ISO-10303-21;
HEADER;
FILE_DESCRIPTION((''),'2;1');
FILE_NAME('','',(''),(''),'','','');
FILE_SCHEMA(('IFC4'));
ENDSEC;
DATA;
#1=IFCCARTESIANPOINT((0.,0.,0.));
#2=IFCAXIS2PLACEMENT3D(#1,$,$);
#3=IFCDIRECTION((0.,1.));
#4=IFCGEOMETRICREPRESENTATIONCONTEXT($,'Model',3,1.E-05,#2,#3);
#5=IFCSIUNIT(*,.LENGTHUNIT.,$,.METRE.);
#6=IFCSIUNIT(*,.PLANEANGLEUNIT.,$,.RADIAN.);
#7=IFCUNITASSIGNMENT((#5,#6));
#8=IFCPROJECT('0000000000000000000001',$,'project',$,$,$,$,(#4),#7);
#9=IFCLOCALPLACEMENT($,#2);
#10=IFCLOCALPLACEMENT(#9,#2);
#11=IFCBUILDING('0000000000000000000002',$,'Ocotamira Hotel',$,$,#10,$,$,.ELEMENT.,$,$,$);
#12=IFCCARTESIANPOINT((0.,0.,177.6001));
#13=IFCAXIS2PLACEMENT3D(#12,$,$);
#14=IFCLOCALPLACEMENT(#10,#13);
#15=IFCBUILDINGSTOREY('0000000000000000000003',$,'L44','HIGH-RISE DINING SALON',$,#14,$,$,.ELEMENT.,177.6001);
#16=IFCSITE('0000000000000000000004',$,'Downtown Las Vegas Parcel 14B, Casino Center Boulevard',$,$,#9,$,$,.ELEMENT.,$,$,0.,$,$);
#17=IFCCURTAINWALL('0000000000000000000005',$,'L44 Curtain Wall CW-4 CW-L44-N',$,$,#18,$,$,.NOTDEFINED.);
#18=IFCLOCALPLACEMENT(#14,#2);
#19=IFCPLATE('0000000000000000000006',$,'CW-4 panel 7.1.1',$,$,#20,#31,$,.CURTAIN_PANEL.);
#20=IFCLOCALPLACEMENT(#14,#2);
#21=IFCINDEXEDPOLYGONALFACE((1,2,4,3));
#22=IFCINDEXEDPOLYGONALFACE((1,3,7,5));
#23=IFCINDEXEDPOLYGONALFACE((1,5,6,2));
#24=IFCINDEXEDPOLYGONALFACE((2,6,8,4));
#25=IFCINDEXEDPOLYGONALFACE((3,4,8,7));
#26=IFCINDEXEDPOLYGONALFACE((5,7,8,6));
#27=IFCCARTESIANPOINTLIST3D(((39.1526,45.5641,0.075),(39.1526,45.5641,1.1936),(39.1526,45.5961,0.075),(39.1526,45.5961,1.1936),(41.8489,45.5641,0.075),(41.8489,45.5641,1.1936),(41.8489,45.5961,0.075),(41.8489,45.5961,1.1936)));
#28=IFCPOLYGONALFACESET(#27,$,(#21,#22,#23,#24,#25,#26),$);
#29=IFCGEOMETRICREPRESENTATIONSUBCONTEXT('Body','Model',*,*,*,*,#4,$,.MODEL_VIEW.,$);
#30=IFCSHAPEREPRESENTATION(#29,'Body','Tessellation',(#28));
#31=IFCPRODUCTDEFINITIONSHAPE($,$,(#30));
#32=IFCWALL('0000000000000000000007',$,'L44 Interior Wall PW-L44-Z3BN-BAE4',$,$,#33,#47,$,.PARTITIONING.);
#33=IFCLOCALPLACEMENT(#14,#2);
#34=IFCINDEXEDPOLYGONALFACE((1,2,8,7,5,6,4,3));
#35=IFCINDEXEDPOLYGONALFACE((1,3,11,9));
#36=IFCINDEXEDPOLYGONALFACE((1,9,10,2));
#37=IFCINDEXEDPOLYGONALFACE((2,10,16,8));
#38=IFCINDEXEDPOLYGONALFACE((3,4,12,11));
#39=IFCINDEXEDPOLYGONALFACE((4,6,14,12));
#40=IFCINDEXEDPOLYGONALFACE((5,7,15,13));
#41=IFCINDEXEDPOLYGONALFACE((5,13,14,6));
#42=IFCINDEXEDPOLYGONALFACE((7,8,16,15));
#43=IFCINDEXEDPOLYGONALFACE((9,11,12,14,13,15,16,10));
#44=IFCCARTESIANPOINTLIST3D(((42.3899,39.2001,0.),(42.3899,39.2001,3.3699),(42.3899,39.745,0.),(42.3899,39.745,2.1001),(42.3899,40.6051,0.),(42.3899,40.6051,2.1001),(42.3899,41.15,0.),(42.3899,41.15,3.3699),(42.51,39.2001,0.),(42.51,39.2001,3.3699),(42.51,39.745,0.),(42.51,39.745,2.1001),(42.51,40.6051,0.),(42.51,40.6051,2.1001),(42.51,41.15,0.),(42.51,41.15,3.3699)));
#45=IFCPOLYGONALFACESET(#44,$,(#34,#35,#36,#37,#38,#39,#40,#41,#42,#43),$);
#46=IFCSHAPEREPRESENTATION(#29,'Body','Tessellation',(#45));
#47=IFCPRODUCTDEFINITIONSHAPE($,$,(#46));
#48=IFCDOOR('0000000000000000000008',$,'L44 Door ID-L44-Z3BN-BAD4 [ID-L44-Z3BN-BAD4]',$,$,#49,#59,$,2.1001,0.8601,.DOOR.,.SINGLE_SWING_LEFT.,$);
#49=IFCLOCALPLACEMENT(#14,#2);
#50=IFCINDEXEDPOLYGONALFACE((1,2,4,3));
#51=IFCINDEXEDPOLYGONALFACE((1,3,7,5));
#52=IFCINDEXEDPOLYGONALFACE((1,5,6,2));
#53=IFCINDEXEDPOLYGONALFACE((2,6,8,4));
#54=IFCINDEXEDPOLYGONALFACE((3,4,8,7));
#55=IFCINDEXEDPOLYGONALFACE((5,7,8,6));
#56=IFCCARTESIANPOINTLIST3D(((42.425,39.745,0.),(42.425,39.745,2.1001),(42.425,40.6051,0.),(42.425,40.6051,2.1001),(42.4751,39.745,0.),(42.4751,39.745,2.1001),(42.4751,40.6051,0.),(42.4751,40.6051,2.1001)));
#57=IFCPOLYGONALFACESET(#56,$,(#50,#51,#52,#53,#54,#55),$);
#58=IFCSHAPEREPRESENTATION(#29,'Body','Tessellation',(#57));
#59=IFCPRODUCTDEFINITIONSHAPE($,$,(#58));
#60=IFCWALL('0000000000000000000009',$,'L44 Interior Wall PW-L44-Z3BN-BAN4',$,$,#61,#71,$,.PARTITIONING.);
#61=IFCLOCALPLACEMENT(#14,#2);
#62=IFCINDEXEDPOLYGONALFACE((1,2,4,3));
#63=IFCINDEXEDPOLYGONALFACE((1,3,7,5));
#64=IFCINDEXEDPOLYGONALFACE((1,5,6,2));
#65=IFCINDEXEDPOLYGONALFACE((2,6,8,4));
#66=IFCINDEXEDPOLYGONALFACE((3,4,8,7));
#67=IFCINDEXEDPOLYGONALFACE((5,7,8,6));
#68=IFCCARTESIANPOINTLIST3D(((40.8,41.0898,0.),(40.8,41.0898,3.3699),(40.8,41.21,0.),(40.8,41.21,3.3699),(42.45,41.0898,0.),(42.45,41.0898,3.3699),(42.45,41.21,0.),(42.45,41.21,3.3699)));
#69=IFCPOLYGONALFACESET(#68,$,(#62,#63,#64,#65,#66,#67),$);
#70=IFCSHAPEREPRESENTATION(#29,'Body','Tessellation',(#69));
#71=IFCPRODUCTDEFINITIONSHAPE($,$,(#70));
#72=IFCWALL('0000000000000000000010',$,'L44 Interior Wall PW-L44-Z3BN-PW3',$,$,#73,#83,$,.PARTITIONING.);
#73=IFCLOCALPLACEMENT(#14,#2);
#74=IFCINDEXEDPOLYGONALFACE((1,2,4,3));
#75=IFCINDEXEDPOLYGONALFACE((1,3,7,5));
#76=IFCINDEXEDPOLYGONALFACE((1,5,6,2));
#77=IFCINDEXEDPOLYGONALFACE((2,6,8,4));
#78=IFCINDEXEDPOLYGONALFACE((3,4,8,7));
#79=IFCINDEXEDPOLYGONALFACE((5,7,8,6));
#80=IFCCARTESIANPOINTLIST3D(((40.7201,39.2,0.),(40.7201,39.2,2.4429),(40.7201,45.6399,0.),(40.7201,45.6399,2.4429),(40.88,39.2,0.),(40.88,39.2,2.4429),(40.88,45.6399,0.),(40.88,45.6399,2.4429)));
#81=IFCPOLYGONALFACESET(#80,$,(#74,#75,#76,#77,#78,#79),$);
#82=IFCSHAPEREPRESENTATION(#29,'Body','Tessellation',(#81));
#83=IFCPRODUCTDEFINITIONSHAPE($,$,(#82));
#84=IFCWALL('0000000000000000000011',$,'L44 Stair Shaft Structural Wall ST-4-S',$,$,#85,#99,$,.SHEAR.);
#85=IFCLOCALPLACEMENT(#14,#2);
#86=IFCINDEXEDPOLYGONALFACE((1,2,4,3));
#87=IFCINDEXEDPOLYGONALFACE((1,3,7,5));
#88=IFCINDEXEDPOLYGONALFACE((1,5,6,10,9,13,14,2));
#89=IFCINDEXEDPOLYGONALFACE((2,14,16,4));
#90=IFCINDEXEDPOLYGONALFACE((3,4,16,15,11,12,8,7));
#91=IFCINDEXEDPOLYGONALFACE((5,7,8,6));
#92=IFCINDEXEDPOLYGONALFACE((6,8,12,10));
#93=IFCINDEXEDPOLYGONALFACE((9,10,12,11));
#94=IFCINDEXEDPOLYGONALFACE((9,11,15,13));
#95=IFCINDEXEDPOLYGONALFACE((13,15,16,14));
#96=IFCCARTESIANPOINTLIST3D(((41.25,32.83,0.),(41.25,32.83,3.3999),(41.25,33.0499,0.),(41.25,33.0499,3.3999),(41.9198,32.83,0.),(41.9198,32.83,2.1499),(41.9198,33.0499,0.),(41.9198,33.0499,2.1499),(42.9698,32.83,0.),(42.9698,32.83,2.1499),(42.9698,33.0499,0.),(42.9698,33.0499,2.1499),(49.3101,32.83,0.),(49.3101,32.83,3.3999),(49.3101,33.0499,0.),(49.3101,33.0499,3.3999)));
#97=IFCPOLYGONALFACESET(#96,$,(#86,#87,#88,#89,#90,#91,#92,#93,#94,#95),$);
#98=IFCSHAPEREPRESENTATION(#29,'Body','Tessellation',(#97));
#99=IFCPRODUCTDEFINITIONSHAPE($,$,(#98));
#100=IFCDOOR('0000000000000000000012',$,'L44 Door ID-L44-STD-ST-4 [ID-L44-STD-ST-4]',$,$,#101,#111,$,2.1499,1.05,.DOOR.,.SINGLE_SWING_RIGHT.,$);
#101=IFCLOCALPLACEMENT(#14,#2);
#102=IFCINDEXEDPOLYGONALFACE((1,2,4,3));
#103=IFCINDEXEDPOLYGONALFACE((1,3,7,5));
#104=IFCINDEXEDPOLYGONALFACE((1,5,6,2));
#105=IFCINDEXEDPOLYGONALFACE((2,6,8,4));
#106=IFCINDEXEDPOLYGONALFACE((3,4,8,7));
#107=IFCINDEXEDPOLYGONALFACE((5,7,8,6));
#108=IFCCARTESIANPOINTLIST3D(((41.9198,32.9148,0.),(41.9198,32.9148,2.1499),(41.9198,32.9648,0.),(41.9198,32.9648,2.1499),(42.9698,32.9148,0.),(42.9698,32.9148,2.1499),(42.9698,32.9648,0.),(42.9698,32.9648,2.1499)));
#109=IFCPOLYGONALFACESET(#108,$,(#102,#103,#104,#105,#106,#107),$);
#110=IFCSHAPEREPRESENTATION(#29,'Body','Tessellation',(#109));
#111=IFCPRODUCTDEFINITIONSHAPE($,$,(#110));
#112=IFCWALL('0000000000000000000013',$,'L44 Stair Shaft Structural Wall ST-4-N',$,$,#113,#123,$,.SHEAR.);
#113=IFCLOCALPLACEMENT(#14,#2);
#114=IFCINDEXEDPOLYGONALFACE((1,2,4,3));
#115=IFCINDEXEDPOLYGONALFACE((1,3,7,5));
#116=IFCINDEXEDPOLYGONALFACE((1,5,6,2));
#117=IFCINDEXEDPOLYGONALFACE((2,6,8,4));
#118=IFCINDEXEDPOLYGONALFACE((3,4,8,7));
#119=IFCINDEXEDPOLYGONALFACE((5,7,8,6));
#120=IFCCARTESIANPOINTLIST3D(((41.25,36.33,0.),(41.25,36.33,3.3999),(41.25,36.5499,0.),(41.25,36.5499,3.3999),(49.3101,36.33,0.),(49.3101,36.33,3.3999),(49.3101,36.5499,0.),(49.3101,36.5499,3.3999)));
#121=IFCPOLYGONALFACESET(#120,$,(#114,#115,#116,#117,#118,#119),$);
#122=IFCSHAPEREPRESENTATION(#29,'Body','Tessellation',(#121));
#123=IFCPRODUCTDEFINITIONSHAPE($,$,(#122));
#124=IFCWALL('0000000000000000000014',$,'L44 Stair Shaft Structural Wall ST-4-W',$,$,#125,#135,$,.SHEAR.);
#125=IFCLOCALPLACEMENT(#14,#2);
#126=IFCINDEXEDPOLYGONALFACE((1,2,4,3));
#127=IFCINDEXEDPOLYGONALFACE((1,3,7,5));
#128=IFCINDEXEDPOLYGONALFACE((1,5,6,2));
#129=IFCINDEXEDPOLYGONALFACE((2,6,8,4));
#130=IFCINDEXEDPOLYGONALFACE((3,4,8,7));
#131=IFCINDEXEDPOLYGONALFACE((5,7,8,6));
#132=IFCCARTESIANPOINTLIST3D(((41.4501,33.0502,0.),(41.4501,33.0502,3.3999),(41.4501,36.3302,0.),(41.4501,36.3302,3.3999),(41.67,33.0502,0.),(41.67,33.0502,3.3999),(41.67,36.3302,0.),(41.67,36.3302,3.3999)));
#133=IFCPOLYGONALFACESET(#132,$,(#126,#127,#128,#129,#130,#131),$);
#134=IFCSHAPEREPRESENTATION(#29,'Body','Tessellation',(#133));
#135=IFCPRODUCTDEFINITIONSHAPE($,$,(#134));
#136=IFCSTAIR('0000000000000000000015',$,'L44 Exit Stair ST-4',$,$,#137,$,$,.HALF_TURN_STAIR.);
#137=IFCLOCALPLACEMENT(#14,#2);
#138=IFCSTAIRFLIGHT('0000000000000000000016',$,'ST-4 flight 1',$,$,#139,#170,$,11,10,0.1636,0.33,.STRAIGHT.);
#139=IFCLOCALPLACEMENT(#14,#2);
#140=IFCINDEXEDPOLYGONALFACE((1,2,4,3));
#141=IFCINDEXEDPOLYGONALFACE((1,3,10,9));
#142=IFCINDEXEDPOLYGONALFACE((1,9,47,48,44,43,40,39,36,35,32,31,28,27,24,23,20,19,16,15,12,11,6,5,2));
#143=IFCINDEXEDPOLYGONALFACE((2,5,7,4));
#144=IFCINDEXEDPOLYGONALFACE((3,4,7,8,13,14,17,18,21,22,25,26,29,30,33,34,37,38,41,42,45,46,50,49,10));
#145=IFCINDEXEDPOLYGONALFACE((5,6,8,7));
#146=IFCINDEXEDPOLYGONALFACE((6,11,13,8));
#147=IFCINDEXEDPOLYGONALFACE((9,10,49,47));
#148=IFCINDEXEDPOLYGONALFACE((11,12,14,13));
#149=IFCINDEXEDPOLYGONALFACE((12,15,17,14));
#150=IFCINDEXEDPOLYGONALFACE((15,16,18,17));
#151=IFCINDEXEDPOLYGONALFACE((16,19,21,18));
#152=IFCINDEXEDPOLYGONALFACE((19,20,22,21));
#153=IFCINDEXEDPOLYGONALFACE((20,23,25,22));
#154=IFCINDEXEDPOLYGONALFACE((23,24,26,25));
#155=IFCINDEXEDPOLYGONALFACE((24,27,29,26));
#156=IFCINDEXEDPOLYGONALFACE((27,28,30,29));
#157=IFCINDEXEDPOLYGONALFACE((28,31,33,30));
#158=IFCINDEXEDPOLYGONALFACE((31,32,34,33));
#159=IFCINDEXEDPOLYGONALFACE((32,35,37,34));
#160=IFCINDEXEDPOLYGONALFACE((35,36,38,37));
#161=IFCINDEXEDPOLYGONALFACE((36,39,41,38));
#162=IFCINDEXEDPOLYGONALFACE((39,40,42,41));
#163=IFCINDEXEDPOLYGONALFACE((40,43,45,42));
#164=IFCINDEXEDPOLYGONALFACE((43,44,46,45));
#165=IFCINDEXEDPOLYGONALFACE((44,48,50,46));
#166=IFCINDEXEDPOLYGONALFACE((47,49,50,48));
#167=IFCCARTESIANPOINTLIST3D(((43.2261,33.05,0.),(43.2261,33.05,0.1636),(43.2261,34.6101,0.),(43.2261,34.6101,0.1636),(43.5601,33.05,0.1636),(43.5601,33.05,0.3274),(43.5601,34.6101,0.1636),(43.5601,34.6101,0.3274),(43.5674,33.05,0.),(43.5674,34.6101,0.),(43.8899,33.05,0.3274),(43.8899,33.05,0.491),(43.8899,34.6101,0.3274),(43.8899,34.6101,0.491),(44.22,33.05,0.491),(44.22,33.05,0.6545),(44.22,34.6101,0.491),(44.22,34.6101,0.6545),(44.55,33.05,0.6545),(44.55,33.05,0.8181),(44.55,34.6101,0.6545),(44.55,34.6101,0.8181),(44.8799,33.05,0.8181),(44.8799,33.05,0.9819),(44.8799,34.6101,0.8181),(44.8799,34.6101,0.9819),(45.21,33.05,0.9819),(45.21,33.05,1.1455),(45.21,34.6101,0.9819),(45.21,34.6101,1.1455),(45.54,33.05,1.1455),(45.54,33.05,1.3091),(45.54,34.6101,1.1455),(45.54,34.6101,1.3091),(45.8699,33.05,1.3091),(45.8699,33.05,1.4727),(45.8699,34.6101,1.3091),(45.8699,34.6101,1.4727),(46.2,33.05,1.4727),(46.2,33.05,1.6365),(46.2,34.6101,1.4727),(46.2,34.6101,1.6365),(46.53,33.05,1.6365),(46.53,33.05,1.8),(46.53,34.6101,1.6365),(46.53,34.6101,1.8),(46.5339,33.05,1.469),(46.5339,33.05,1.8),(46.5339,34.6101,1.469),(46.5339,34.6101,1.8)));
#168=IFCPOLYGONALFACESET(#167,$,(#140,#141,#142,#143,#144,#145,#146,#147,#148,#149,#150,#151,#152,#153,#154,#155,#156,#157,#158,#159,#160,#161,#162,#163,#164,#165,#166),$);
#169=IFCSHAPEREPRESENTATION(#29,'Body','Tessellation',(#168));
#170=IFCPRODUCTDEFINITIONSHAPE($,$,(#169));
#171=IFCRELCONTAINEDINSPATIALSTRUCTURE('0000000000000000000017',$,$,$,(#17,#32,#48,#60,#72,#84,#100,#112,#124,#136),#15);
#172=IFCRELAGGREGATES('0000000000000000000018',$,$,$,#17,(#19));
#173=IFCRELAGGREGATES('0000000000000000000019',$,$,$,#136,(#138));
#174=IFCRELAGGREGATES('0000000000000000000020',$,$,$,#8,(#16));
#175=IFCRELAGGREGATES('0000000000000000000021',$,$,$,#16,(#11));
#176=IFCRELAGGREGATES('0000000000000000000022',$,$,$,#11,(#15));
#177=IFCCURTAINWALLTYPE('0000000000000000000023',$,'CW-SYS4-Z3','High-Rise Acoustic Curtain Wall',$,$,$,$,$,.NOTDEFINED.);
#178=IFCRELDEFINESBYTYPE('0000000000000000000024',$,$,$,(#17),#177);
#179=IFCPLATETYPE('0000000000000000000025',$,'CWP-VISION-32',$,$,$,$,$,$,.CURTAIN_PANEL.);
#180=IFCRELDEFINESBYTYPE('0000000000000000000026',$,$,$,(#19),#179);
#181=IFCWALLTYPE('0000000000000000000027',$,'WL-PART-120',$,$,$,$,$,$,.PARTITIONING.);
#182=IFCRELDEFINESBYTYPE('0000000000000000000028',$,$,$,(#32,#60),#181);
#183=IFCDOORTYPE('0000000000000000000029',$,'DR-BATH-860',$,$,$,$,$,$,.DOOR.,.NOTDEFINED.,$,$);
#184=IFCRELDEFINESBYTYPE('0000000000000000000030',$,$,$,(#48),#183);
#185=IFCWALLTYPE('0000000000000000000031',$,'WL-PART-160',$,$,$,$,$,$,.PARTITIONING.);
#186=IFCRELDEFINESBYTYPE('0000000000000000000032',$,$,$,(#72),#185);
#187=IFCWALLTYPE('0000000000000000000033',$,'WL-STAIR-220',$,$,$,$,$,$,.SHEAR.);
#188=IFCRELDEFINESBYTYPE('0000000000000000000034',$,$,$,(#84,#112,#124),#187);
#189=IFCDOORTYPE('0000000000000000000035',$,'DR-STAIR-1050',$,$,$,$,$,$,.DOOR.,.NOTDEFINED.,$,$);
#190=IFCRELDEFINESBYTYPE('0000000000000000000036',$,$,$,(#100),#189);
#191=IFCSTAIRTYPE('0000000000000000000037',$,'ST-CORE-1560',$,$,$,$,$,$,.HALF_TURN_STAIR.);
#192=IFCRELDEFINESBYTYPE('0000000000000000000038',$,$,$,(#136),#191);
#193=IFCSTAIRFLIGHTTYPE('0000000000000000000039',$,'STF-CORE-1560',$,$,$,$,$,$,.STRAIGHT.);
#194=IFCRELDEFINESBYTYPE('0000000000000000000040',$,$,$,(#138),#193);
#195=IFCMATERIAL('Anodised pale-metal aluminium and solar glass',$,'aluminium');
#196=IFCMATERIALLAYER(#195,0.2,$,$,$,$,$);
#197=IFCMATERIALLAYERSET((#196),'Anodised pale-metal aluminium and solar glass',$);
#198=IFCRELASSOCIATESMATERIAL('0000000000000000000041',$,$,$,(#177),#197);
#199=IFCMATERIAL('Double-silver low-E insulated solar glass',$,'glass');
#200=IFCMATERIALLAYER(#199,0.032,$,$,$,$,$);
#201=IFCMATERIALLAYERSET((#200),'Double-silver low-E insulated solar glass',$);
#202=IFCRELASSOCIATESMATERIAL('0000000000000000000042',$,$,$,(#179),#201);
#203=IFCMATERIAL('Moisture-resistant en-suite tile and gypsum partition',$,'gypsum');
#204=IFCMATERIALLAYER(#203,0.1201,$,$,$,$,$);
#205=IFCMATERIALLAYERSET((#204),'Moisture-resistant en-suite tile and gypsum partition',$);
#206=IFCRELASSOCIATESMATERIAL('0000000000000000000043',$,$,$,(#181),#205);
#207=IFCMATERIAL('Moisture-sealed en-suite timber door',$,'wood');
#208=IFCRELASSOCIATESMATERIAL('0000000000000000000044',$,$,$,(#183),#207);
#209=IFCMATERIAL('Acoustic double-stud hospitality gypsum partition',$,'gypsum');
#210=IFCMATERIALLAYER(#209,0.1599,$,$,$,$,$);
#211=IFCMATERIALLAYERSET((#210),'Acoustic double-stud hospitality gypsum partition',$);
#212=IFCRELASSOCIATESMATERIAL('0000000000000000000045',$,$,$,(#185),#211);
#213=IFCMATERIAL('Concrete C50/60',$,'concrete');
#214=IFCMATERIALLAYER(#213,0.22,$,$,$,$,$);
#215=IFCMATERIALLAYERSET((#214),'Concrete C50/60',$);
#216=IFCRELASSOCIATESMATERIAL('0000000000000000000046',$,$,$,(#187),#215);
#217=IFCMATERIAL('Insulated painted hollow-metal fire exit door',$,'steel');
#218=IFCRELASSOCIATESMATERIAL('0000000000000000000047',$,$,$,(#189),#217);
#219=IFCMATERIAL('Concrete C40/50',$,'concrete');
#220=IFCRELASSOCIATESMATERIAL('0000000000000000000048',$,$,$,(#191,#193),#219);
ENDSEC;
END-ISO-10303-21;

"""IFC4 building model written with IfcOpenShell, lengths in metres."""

from ifc_helpers import new_model, si_unit, direction, frame, frame_2d, origin, origin_2d, place, context, subcontext, project, spatial, polyline, rectangle, outline, extrude, source, transform, mapped, material, layer, layer_set, type_object, element, fill, aggregate, save


model = new_model("IFC4")

# Units and contexts
model_context = context("Model", 3, precision=1e-05, world=origin(), true_north=direction((0.0, 1.0)))
body_context = subcontext(model_context, "Body", "Model", "MODEL_VIEW")
ifc_project = project(units=[si_unit("LENGTHUNIT", "METRE"), si_unit("PLANEANGLEUNIT", "RADIAN")], contexts=[model_context])

# Site, building, storey
site_placement = place(None, origin())
site = spatial("IfcSite", under=ifc_project, at=site_placement, Name="Downtown Las Vegas Parcel 14B, Casino Center Boulevard", CompositionType="ELEMENT", RefElevation=0.0)
building_placement = place(site_placement, origin())
building = spatial("IfcBuilding", under=site, at=building_placement, Name="Ocotamira Hotel", CompositionType="ELEMENT")
storey_placement = place(building_placement, frame((0.0, 0.0, 177.6001)))
storey = spatial("IfcBuildingStorey", under=building, at=storey_placement, Name="L44", Description="HIGH-RISE DINING SALON", CompositionType="ELEMENT", Elevation=177.6001)

# Shared definitions
ifc_material_1 = material(Name="Concrete C50/60", Category="concrete")

# Curtain wall
ifc_material_2 = material(Name="Anodised pale-metal aluminium and solar glass", Category="aluminium")
ifc_layer_1 = layer(ifc_material_2, 0.2)
ifc_layer_set_1 = layer_set([ifc_layer_1], Name="Anodised pale-metal aluminium and solar glass")
curtain_wall_type = type_object("IfcCurtainWallType", Name="CW-SYS4-Z3", Description="High-Rise Acoustic Curtain Wall", PredefinedType="NOTDEFINED", material=ifc_layer_set_1)
curtain_wall_placement = place(storey_placement, origin())
curtain_wall = element("IfcCurtainWall", 1, at=curtain_wall_placement, inside=storey, type_object=curtain_wall_type, Name="L44 Curtain Wall CW-4 CW-L44-N", PredefinedType="NOTDEFINED")

# Plate
ifc_material_3 = material(Name="Double-silver low-E insulated solar glass", Category="glass")
ifc_layer_2 = layer(ifc_material_3, 0.032)
ifc_layer_set_2 = layer_set([ifc_layer_2], Name="Double-silver low-E insulated solar glass")
plate_type_1 = type_object("IfcPlateType", Name="CWP-VISION-32", PredefinedType="CURTAIN_PANEL", material=ifc_layer_set_2)
shared_shape_1 = source(origin(), body_context, "Body", "SweptSolid", [
    extrude(rectangle(XDim=2.6963, YDim=0.032, at=origin_2d()), origin(), (0.0, 0.0, 1.0), 1.1187),
])
plate_1_placement = place(storey_placement, frame((40.5007, 45.5801, 0.075), z_axis=(0.0, 0.0, 1.0), x_axis=(1.0, 0.0, 0.0)))
plate_1 = element("IfcPlate", 2, at=plate_1_placement, type_object=plate_type_1, Name="CW-4 panel 7.1.1", PredefinedType="CURTAIN_PANEL", context=body_context, shape_type="MappedRepresentation", body=[
    mapped(shared_shape_1, transform((0.0, 0.0, 0.0), scale=1.0)),
])
aggregate(curtain_wall, [plate_1])

# Wall, opening, door
ifc_material_4 = material(Name="Moisture-resistant en-suite tile and gypsum partition", Category="gypsum")
ifc_layer_3 = layer(ifc_material_4, 0.1201)
ifc_layer_set_3 = layer_set([ifc_layer_3], Name="Moisture-resistant en-suite tile and gypsum partition")
wall_type_1 = type_object("IfcWallType", Name="WL-PART-120", PredefinedType="PARTITIONING", material=ifc_layer_set_3)
wall_1_placement = place(storey_placement, frame((42.45, 39.2, 0.0), z_axis=(0.0, 0.0, 1.0), x_axis=(0.0, 1.0, 0.0)))
wall_1 = element("IfcWall", 3, at=wall_1_placement, inside=storey, type_object=wall_type_1, Name="L44 Interior Wall PW-L44-Z3BN-BAE4", PredefinedType="PARTITIONING", context=body_context, shape_type="SweptSolid", body=[
    extrude(rectangle(XDim=1.95, YDim=0.1201, at=frame_2d((0.9751, 0.0))), origin(), (0.0, 0.0, 1.0), 3.3699),
])
opening_1_placement = place(wall_1_placement, frame((0.5449, 0.0, 0.0)))
opening_1 = element("IfcOpeningElement", 4, at=opening_1_placement, cuts=wall_1, PredefinedType="OPENING", context=body_context, shape_type="SweptSolid", body=[
    extrude(rectangle(XDim=0.8601, YDim=2.1001, at=frame_2d((0.4302, 1.05))), frame((0.0, 0.0701, 0.0), z_axis=(0.0, -1.0, 0.0), x_axis=(1.0, 0.0, 0.0)), (0.0, 0.0, 1.0), 0.1401),
])
ifc_material_5 = material(Name="Moisture-sealed en-suite timber door", Category="wood")
door_type_1 = type_object("IfcDoorType", Name="DR-BATH-860", OperationType="NOTDEFINED", PredefinedType="DOOR", material=ifc_material_5)
shared_shape_2 = source(origin(), body_context, "Body", "SweptSolid", [
    extrude(rectangle(XDim=0.8601, YDim=2.1001, at=frame_2d((0.4302, 1.05))), frame((0.0, 0.0249, 0.0), z_axis=(0.0, -1.0, 0.0), x_axis=(1.0, 0.0, 0.0)), (0.0, 0.0, 1.0), 0.05),
])
door_1_placement = place(opening_1_placement, origin())
door_1 = element("IfcDoor", 5, at=door_1_placement, inside=storey, type_object=door_type_1, Name="L44 Door ID-L44-Z3BN-BAD4 [ID-L44-Z3BN-BAD4]", OperationType="SINGLE_SWING_LEFT", OverallHeight=2.1001, OverallWidth=0.8601, PredefinedType="DOOR", context=body_context, shape_type="MappedRepresentation", body=[
    mapped(shared_shape_2, transform((0.0, 0.0, 0.0), scale=1.0)),
])
fill(opening_1, door_1)

# Walls
wall_2_placement = place(storey_placement, frame((40.8, 41.1499, 0.0), z_axis=(0.0, 0.0, 1.0), x_axis=(1.0, 0.0, 0.0)))
element("IfcWall", 6, at=wall_2_placement, inside=storey, type_object=wall_type_1, Name="L44 Interior Wall PW-L44-Z3BN-BAN4", PredefinedType="PARTITIONING", context=body_context, shape_type="SweptSolid", body=[
    extrude(rectangle(XDim=1.6499, YDim=0.1201, at=frame_2d((0.825, 0.0))), origin(), (0.0, 0.0, 1.0), 3.3699),
])
ifc_material_6 = material(Name="Acoustic double-stud hospitality gypsum partition", Category="gypsum")
ifc_layer_4 = layer(ifc_material_6, 0.1599)
ifc_layer_set_4 = layer_set([ifc_layer_4], Name="Acoustic double-stud hospitality gypsum partition")
wall_type_2 = type_object("IfcWallType", Name="WL-PART-160", PredefinedType="PARTITIONING", material=ifc_layer_set_4)
wall_3_placement = place(storey_placement, frame((40.8, 39.2, 0.0), z_axis=(0.0, 0.0, 1.0), x_axis=(0.0, 1.0, 0.0)))
element("IfcWall", 7, at=wall_3_placement, inside=storey, type_object=wall_type_2, Name="L44 Interior Wall PW-L44-Z3BN-PW3", PredefinedType="PARTITIONING", context=body_context, shape_type="SweptSolid", body=[
    extrude(rectangle(XDim=6.4399, YDim=0.1599, at=frame_2d((3.22, 0.0))), origin(), (0.0, 0.0, 1.0), 2.4429),
])

# Wall, opening, door
ifc_layer_5 = layer(ifc_material_1, 0.22)
ifc_layer_set_5 = layer_set([ifc_layer_5], Name="Concrete C50/60")
wall_type_3 = type_object("IfcWallType", Name="WL-STAIR-220", PredefinedType="SHEAR", material=ifc_layer_set_5)
wall_4_placement = place(storey_placement, frame((41.25, 32.9399, 0.0), z_axis=(0.0, 0.0, 1.0), x_axis=(1.0, 0.0, 0.0)))
wall_4 = element("IfcWall", 8, at=wall_4_placement, inside=storey, type_object=wall_type_3, Name="L44 Stair Shaft Structural Wall ST-4-S", PredefinedType="SHEAR", context=body_context, shape_type="SweptSolid", body=[
    extrude(rectangle(XDim=8.0601, YDim=0.22, at=frame_2d((4.03, 0.0))), origin(), (0.0, 0.0, 1.0), 3.3999),
])
opening_2_placement = place(wall_4_placement, frame((0.6699, 0.0, 0.0)))
opening_2 = element("IfcOpeningElement", 9, at=opening_2_placement, cuts=wall_4, PredefinedType="OPENING", context=body_context, shape_type="SweptSolid", body=[
    extrude(rectangle(XDim=1.05, YDim=2.1499, at=frame_2d((0.5249, 1.075))), frame((0.0, 0.1201, 0.0), z_axis=(0.0, -1.0, 0.0), x_axis=(1.0, 0.0, 0.0)), (0.0, 0.0, 1.0), 0.24),
])
ifc_material_7 = material(Name="Insulated painted hollow-metal fire exit door", Category="steel")
door_type_2 = type_object("IfcDoorType", Name="DR-STAIR-1050", OperationType="NOTDEFINED", PredefinedType="DOOR", material=ifc_material_7)
shared_shape_3 = source(origin(), body_context, "Body", "SweptSolid", [
    extrude(rectangle(XDim=1.05, YDim=2.1499, at=frame_2d((0.5249, 1.075))), frame((0.0, 0.0249, 0.0), z_axis=(0.0, -1.0, 0.0), x_axis=(1.0, 0.0, 0.0)), (0.0, 0.0, 1.0), 0.05),
])
door_2_placement = place(opening_2_placement, origin())
door_2 = element("IfcDoor", 10, at=door_2_placement, inside=storey, type_object=door_type_2, Name="L44 Door ID-L44-STD-ST-4 [ID-L44-STD-ST-4]", OperationType="SINGLE_SWING_RIGHT", OverallHeight=2.1499, OverallWidth=1.05, PredefinedType="DOOR", context=body_context, shape_type="MappedRepresentation", body=[
    mapped(shared_shape_3, transform((0.0, 0.0, 0.0), scale=1.0)),
])
fill(opening_2, door_2)

# Walls
wall_5_placement = place(storey_placement, frame((41.25, 36.4399, 0.0), z_axis=(0.0, 0.0, 1.0), x_axis=(1.0, 0.0, 0.0)))
element("IfcWall", 11, at=wall_5_placement, inside=storey, type_object=wall_type_3, Name="L44 Stair Shaft Structural Wall ST-4-N", PredefinedType="SHEAR", context=body_context, shape_type="SweptSolid", body=[
    extrude(rectangle(XDim=8.0601, YDim=0.22, at=frame_2d((4.03, 0.0))), origin(), (0.0, 0.0, 1.0), 3.3999),
])
wall_6_placement = place(storey_placement, frame((41.5601, 33.05, 0.0), z_axis=(0.0, 0.0, 1.0), x_axis=(0.0, 1.0, 0.0)))
element("IfcWall", 12, at=wall_6_placement, inside=storey, type_object=wall_type_3, Name="L44 Stair Shaft Structural Wall ST-4-W", PredefinedType="SHEAR", context=body_context, shape_type="SweptSolid", body=[
    extrude(rectangle(XDim=3.28, YDim=0.22, at=frame_2d((1.6401, 0.0))), origin(), (0.0, 0.0, 1.0), 3.3999),
])

# Stair, stair flight
ifc_material_8 = material(Name="Concrete C40/50", Category="concrete")
stair_type = type_object("IfcStairType", Name="ST-CORE-1560", PredefinedType="HALF_TURN_STAIR", material=ifc_material_8)
stair_placement = place(storey_placement, origin())
stair = element("IfcStair", 13, at=stair_placement, inside=storey, type_object=stair_type, Name="L44 Exit Stair ST-4", PredefinedType="HALF_TURN_STAIR")
stair_flight_type = type_object("IfcStairFlightType", Name="STF-CORE-1560", PredefinedType="STRAIGHT", material=ifc_material_8)
shared_shape_4 = source(origin(), body_context, "Body", "SweptSolid", [
    extrude(outline(polyline([(-0.0039, 0.0), (-0.0039, 0.1636), (0.3301, 0.1636), (0.3301, 0.3274), (0.6599, 0.3274), (0.6599, 0.491), (0.99, 0.491), (0.99, 0.6545), (1.3201, 0.6545), (1.3201, 0.8181), (1.6499, 0.8181), (1.6499, 0.9819), (1.98, 0.9819), (1.98, 1.1455), (2.3101, 1.1455), (2.3101, 1.3091), (2.6399, 1.3091), (2.6399, 1.4727), (2.97, 1.4727), (2.97, 1.6365), (3.3, 1.6365), (3.3, 1.8), (3.304, 1.8), (3.304, 1.469), (0.3374, 0.0), (-0.0039, 0.0)])), frame((0.0, 0.78, 0.0), z_axis=(0.0, -1.0, 0.0), x_axis=(1.0, 0.0, 0.0)), (0.0, 0.0, 1.0), 1.5601),
])
stair_flight_placement = place(storey_placement, frame((43.23, 33.8301, 0.0), z_axis=(0.0, 0.0, 1.0), x_axis=(1.0, 0.0, 0.0)))
stair_flight = element("IfcStairFlight", 14, at=stair_flight_placement, type_object=stair_flight_type, Name="ST-4 flight 1", NumberOfRisers=11, NumberOfTreads=10, PredefinedType="STRAIGHT", RiserHeight=0.1636, TreadLength=0.33, context=body_context, shape_type="MappedRepresentation", body=[
    mapped(shared_shape_4, transform((0.0, 0.0, 0.0), scale=1.0)),
])
aggregate(stair, [stair_flight])

save(model, "model.ifc")
